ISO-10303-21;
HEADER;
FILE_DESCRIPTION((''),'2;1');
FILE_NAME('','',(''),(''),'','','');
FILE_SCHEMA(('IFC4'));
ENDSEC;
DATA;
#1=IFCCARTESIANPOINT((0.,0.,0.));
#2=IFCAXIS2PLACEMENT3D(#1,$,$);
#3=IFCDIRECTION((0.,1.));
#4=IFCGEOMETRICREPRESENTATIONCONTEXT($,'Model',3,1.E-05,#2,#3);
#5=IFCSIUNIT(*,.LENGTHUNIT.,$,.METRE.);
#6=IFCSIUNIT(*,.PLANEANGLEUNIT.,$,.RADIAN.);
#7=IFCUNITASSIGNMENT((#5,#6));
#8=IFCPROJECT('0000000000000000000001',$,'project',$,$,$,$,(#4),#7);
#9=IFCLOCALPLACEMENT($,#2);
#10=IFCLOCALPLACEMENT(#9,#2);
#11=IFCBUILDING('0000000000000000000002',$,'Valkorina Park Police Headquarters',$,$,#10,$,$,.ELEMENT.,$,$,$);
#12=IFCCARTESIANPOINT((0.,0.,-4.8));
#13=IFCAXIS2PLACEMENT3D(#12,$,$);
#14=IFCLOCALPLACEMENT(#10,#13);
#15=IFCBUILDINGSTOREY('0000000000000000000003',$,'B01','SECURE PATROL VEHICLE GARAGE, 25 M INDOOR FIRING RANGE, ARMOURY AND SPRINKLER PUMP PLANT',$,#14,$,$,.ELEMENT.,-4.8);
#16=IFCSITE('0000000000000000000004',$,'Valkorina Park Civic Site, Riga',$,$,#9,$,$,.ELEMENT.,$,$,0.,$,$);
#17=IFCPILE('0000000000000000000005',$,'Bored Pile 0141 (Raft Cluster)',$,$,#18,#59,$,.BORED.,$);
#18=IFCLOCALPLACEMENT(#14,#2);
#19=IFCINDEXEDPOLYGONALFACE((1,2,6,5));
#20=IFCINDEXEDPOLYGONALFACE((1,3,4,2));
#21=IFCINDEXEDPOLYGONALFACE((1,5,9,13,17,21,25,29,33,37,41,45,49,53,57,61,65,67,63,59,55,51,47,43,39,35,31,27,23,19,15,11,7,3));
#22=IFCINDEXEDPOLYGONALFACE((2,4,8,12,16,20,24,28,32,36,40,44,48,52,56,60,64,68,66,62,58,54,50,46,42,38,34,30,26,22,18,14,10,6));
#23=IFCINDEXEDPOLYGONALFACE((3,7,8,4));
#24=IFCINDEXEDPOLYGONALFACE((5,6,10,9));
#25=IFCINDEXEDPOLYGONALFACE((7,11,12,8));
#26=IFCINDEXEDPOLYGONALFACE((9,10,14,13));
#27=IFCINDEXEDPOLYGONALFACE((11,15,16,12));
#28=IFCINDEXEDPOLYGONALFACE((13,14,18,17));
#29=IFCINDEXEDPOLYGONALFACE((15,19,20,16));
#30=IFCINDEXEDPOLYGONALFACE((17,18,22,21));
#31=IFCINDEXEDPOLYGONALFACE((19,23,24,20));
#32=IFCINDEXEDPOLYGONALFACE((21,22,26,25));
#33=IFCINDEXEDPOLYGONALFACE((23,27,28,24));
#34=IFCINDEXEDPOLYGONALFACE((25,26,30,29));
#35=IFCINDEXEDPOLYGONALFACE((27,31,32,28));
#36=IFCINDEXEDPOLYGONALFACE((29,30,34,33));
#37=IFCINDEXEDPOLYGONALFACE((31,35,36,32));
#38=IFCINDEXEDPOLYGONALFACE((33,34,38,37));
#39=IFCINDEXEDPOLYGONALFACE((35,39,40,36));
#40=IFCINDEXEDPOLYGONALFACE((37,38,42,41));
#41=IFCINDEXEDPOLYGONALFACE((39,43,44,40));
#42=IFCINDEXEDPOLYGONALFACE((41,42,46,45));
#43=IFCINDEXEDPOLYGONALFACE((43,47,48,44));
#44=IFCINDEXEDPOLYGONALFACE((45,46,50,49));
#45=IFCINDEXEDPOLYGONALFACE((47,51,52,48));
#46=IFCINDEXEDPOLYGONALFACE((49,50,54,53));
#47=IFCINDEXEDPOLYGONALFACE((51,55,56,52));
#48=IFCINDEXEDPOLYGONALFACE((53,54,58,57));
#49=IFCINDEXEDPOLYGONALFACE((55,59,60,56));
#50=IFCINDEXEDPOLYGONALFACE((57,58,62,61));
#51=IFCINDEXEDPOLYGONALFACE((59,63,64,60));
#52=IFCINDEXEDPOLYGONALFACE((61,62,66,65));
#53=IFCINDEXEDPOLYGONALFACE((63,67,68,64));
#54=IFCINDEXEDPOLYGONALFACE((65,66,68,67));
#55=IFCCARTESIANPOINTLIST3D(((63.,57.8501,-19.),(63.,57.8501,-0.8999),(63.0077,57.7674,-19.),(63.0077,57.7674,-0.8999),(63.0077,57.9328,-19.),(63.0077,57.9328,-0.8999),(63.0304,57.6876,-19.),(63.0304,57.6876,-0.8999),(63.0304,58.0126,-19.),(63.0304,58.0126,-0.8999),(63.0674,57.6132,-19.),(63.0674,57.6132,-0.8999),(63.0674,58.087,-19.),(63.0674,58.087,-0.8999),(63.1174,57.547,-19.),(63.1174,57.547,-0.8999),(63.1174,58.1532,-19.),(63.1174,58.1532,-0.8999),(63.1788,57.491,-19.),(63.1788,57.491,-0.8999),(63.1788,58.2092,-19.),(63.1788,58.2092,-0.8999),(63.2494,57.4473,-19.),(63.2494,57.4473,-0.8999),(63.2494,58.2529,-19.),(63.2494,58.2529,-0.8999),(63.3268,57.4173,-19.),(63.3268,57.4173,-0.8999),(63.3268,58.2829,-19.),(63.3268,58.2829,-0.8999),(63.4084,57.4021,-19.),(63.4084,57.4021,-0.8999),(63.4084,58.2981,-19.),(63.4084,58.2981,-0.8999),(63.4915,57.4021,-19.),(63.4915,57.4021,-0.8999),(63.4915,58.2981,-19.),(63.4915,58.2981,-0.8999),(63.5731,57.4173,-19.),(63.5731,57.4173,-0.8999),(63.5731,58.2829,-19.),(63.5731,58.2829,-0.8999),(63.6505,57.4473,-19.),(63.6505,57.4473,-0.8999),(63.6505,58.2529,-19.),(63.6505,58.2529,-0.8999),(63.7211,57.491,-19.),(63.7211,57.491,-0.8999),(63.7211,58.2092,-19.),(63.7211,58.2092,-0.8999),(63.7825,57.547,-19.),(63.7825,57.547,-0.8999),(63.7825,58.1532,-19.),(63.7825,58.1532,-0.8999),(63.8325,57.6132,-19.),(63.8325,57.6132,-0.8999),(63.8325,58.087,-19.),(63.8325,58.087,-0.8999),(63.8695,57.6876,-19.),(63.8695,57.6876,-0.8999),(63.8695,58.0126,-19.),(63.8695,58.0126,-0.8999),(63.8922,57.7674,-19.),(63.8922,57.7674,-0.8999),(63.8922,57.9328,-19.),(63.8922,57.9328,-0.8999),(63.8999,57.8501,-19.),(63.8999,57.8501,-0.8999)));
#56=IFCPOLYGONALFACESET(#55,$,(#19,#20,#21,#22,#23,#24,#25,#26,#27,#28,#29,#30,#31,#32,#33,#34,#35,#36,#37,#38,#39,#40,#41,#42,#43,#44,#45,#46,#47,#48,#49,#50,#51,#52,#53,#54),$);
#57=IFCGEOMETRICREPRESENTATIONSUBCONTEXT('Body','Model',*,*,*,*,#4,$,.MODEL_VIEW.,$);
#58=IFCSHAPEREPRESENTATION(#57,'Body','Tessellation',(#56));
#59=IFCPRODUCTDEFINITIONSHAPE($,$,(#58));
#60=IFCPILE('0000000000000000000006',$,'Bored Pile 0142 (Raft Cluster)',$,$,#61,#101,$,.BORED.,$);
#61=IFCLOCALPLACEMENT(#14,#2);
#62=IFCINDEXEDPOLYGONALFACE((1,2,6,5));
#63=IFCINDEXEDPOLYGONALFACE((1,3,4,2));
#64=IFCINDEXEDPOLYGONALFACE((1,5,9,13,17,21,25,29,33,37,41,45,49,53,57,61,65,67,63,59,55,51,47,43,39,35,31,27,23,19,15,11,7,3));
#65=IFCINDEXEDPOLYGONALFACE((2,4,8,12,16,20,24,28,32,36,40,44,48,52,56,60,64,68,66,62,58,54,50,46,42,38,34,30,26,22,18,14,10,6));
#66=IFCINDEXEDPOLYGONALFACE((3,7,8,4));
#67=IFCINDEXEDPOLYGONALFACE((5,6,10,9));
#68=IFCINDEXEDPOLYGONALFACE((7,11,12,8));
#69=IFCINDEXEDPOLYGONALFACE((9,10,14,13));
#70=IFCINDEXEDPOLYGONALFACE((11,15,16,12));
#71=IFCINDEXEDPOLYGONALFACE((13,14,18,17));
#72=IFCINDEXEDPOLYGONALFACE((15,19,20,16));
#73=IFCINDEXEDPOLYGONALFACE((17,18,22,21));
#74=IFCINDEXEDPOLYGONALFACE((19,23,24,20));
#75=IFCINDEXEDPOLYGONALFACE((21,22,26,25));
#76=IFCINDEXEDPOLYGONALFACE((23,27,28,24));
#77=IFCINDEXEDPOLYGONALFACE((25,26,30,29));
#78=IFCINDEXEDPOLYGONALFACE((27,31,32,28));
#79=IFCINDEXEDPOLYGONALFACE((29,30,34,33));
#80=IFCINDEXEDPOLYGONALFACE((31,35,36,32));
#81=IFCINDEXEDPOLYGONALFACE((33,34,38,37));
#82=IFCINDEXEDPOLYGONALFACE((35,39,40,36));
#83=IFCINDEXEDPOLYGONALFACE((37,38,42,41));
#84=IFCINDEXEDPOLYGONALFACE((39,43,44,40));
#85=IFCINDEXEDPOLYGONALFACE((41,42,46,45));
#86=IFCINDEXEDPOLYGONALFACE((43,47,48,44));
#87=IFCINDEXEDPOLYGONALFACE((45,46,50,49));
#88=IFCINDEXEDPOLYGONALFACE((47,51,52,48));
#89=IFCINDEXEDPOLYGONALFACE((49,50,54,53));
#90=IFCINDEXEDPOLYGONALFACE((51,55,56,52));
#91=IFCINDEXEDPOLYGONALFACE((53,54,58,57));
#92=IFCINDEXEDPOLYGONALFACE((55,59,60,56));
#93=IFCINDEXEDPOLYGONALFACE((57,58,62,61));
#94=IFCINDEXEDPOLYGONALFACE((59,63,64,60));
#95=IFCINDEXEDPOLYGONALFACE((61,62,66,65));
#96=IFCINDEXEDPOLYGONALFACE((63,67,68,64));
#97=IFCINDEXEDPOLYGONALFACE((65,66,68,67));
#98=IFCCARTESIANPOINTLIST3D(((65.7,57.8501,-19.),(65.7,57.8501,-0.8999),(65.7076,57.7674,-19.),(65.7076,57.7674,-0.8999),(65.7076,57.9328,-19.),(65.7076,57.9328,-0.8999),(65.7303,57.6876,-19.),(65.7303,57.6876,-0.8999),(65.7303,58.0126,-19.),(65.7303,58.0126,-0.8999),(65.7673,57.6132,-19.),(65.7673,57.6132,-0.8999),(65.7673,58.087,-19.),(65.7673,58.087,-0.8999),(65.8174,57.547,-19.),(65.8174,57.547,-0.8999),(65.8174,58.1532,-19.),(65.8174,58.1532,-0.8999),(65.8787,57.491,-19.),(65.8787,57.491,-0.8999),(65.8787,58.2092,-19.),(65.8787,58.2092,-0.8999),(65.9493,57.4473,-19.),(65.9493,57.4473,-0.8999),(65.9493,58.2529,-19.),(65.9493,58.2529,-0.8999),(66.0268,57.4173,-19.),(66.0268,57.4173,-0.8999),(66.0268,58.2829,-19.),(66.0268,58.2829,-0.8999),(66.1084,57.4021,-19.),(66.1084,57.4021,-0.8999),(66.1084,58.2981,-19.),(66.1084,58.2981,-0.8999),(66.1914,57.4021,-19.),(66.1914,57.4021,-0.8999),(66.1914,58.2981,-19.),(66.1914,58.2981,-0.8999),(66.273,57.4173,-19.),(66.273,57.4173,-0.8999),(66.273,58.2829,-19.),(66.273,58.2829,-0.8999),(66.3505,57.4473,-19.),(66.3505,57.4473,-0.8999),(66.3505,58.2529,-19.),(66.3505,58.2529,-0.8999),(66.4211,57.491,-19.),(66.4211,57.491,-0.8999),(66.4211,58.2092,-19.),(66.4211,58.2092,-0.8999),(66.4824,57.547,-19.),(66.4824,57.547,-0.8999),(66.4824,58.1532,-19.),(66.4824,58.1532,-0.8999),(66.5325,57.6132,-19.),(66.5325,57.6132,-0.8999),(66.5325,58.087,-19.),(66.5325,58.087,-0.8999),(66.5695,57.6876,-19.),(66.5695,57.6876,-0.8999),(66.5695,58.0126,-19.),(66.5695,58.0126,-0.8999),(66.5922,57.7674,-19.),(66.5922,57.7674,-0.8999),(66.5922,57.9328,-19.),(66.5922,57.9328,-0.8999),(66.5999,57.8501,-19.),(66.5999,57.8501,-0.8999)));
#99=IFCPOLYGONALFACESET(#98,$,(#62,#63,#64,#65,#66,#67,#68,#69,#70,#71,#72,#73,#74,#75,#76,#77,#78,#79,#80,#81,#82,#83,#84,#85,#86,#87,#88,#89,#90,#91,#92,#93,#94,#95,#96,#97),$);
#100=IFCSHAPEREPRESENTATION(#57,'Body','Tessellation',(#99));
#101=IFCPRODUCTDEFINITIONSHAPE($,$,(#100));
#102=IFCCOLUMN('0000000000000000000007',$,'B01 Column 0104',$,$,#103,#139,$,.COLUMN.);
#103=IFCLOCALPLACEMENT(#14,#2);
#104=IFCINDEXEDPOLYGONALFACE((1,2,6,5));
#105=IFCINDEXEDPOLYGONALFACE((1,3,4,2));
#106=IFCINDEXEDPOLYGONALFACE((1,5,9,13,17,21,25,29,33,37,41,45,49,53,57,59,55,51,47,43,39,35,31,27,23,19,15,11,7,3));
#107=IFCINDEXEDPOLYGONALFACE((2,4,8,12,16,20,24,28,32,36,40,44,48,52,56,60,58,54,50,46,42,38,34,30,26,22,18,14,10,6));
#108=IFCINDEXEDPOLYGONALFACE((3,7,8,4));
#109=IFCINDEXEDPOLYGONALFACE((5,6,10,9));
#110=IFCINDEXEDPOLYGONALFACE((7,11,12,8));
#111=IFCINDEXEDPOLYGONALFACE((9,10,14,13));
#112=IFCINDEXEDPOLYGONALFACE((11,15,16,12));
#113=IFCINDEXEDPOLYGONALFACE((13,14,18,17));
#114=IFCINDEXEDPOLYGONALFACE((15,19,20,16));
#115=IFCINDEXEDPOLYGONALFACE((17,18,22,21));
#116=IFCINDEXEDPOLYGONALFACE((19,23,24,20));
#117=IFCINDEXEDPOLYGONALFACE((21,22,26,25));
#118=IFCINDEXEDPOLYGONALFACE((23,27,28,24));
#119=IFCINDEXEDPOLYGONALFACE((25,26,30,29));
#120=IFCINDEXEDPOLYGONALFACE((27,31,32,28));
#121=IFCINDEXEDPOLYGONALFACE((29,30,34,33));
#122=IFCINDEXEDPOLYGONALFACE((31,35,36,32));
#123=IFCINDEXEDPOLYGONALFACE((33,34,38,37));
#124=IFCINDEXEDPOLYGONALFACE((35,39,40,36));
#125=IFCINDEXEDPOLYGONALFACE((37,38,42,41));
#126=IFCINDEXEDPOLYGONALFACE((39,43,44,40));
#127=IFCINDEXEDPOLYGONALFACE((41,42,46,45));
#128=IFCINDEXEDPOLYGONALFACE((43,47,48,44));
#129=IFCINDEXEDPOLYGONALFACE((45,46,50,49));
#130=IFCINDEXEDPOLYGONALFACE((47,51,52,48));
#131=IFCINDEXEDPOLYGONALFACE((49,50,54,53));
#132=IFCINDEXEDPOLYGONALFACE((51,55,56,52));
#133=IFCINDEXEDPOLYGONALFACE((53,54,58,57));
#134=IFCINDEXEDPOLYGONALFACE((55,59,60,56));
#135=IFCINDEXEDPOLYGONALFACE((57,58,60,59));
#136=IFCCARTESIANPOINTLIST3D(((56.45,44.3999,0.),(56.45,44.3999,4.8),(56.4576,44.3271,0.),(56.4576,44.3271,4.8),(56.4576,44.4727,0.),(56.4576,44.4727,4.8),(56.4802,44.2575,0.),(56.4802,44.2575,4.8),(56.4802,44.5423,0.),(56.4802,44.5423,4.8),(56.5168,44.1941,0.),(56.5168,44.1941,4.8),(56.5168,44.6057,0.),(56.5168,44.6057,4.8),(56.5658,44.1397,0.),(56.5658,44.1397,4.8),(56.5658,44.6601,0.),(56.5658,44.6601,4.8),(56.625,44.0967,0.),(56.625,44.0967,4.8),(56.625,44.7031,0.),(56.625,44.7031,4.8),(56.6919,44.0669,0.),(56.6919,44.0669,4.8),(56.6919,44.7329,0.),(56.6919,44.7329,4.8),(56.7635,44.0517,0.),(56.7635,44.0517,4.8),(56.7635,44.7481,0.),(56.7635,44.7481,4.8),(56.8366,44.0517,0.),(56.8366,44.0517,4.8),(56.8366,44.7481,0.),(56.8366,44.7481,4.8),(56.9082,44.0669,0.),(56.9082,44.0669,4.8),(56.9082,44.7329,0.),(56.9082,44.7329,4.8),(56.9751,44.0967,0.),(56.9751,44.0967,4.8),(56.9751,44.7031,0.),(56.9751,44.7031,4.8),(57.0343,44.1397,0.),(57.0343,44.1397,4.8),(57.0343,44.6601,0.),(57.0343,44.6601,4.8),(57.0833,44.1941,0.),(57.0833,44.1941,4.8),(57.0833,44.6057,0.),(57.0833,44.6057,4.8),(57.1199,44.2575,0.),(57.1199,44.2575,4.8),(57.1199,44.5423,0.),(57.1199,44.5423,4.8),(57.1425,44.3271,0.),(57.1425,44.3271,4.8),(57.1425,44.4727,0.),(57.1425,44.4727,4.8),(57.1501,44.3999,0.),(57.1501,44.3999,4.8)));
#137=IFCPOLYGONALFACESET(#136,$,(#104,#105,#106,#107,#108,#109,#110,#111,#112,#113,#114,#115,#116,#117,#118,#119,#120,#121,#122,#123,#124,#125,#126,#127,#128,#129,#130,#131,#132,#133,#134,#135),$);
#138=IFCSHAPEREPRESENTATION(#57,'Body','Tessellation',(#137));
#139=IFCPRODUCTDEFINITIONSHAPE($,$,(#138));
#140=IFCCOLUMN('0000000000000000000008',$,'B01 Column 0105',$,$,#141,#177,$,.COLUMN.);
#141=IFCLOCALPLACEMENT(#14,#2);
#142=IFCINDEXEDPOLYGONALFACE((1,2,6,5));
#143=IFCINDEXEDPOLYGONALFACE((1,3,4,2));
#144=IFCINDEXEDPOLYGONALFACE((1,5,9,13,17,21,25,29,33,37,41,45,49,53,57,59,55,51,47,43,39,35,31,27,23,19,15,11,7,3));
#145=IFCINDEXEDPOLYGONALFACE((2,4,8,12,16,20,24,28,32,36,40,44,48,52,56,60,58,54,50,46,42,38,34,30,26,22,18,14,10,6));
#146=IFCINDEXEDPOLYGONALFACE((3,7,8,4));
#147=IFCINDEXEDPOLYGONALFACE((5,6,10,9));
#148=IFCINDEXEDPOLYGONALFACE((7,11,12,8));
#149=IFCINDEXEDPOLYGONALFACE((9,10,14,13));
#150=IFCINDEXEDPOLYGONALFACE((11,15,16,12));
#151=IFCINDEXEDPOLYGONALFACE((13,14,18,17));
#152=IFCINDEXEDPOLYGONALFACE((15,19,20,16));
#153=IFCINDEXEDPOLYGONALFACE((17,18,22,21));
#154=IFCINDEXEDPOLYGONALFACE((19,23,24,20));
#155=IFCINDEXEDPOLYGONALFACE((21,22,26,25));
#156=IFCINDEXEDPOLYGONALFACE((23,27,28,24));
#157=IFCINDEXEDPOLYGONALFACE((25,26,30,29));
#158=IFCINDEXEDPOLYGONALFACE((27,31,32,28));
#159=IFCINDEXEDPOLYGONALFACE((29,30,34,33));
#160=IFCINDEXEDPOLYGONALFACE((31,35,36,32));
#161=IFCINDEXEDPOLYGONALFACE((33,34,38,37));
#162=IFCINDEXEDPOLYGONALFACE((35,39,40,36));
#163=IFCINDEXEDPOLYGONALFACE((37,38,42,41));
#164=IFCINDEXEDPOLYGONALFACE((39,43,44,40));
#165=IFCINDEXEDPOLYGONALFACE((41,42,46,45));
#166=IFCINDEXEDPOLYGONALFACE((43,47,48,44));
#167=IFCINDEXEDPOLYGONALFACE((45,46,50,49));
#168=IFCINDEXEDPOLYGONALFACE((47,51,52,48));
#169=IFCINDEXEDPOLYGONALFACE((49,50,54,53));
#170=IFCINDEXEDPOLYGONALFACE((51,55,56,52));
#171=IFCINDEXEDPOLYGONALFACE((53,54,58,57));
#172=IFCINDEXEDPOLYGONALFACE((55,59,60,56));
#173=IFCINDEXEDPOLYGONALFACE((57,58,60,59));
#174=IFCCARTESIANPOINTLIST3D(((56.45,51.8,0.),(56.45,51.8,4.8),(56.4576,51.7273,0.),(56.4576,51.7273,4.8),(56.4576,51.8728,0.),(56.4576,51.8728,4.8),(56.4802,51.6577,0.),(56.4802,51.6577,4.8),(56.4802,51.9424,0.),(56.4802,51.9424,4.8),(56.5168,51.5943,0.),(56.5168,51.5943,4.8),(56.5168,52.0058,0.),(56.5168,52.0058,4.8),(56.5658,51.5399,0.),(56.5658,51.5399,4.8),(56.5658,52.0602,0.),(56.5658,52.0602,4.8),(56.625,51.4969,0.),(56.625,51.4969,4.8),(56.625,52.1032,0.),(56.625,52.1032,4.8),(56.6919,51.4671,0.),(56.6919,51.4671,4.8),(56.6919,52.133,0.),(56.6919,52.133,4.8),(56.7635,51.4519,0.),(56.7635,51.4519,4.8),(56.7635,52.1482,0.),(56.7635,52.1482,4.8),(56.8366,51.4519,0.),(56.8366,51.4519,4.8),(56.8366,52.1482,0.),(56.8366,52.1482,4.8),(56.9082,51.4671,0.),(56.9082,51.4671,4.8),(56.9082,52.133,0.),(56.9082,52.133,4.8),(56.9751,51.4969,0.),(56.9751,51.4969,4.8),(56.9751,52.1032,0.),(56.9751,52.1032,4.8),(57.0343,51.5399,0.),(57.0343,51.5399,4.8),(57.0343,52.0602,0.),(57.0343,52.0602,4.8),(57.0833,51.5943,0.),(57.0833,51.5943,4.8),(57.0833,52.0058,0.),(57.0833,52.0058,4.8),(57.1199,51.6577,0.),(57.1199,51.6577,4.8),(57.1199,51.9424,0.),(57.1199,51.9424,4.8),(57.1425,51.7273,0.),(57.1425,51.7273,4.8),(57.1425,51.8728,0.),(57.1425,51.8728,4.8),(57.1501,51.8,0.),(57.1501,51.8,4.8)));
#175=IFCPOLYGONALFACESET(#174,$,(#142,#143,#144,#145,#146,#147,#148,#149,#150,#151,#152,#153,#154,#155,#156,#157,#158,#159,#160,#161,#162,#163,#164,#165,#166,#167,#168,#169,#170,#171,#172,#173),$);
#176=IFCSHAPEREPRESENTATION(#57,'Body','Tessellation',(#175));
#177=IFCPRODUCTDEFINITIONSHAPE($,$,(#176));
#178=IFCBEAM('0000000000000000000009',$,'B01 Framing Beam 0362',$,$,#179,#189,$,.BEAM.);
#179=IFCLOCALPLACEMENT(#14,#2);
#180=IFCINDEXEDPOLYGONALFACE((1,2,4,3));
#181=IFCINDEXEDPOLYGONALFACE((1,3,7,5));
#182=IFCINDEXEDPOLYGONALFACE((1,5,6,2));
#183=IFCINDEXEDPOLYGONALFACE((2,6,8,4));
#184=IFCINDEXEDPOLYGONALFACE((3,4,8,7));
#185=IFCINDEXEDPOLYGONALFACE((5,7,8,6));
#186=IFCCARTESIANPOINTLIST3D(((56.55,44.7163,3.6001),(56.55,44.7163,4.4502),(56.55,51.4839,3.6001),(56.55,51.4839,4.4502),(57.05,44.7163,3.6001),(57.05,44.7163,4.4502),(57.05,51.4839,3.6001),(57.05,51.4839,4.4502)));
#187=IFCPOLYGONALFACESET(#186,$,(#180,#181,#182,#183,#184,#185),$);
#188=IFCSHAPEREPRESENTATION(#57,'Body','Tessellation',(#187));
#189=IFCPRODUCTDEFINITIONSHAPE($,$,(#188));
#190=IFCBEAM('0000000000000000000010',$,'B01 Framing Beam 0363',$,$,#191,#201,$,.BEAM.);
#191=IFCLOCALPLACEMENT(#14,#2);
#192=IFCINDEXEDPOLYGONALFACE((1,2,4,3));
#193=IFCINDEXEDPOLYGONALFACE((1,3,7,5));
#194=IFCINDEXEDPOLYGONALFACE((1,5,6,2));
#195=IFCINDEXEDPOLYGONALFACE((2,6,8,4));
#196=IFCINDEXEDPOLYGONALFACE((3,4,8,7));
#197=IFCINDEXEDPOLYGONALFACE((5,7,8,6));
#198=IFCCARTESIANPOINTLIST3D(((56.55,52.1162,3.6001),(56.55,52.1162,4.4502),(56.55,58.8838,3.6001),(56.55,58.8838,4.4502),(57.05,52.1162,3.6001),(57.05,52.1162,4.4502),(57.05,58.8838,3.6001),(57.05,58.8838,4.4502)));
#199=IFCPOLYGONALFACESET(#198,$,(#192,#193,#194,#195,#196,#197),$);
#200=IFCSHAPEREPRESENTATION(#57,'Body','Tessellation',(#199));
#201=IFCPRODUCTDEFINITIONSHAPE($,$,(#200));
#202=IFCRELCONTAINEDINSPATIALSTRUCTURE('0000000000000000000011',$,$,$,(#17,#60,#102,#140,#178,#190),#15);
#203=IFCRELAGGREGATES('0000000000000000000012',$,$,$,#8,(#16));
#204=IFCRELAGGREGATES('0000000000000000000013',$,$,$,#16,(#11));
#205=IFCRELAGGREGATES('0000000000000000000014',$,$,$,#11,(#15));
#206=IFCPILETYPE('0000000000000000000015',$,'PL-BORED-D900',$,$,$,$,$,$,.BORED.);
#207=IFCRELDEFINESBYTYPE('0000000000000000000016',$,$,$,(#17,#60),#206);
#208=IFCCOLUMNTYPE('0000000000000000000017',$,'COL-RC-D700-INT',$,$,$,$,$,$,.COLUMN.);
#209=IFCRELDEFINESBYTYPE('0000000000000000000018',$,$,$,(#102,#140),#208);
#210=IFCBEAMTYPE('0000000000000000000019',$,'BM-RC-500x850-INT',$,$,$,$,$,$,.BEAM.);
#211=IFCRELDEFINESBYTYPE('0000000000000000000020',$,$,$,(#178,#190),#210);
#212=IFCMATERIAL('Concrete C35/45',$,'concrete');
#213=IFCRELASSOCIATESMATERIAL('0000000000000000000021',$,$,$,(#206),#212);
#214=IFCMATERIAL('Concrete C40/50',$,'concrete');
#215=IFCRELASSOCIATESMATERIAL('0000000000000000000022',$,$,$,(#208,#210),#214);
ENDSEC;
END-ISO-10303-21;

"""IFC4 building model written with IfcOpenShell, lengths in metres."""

from ifc_helpers import new_model, si_unit, direction, frame, origin, origin_2d, place, context, subcontext, project, spatial, rectangle, circle, extrude, material, material_profile, profile_set, type_object, element, save


model = new_model("IFC4")

# Units and contexts
model_context = context("Model", 3, precision=1e-05, world=origin(), true_north=direction((0.0, 1.0)))
body_context = subcontext(model_context, "Body", "Model", "MODEL_VIEW")
ifc_project = project(units=[si_unit("LENGTHUNIT", "METRE"), si_unit("PLANEANGLEUNIT", "RADIAN")], contexts=[model_context])

# Site, building, storey
site_placement = place(None, origin())
site = spatial("IfcSite", under=ifc_project, at=site_placement, Name="Valkorina Park Civic Site, Riga", CompositionType="ELEMENT", RefElevation=0.0)
building_placement = place(site_placement, origin())
building = spatial("IfcBuilding", under=site, at=building_placement, Name="Valkorina Park Police Headquarters", CompositionType="ELEMENT")
storey_placement = place(building_placement, frame((0.0, 0.0, -4.8)))
storey = spatial("IfcBuildingStorey", under=building, at=storey_placement, Name="B01", Description="SECURE PATROL VEHICLE GARAGE, 25 M INDOOR FIRING RANGE, ARMOURY AND SPRINKLER PUMP PLANT", CompositionType="ELEMENT", Elevation=-4.8)

# Piles
ifc_material_1 = material(Name="Concrete C35/45", Category="concrete")
ifc_material_profile_1 = material_profile(ifc_material_1, circle(Radius=0.45, at=origin_2d()), Name="BORED PILE D900")
ifc_profile_set_1 = profile_set([ifc_material_profile_1], Name="Concrete C35/45")
pile_type = type_object("IfcPileType", Name="PL-BORED-D900", PredefinedType="BORED", material=ifc_profile_set_1)
for number, where, z_axis, x_axis, name in (
    (1, (63.45, 57.8501, -0.8999), (0.0, 0.0, -1.0), (1.0, 0.0, 0.0), "Bored Pile 0141 (Raft Cluster)"),
    (2, (66.1499, 57.8501, -0.8999), (0.0, 0.0, -1.0), (1.0, 0.0, 0.0), "Bored Pile 0142 (Raft Cluster)"),
):
    element("IfcPile", number, at=place(storey_placement, frame(where, z_axis=z_axis, x_axis=x_axis)), inside=storey, type_object=pile_type, Name=name, PredefinedType="BORED", context=body_context, shape_type="SweptSolid", body=[
        extrude(circle(Radius=0.45, at=origin_2d()), origin(), (0.0, 0.0, 1.0), 18.1001),
    ])

# Columns
ifc_material_2 = material(Name="Concrete C40/50", Category="concrete")
ifc_material_profile_2 = material_profile(ifc_material_2, circle(Radius=0.3501, at=origin_2d()), Name="RC COL D700")
ifc_profile_set_2 = profile_set([ifc_material_profile_2], Name="Concrete C40/50")
column_type = type_object("IfcColumnType", Name="COL-RC-D700-INT", PredefinedType="COLUMN", material=ifc_profile_set_2)
for number, where, z_axis, x_axis, name in (
    (3, (56.8, 44.3999, 0.0), (0.0, 0.0, 1.0), (1.0, 0.0, 0.0), "B01 Column 0104"),
    (4, (56.8, 51.8, 0.0), (0.0, 0.0, 1.0), (1.0, 0.0, 0.0), "B01 Column 0105"),
):
    element("IfcColumn", number, at=place(storey_placement, frame(where, z_axis=z_axis, x_axis=x_axis)), inside=storey, type_object=column_type, Name=name, PredefinedType="COLUMN", context=body_context, shape_type="SweptSolid", body=[
        extrude(circle(Radius=0.3501, at=origin_2d()), origin(), (0.0, 0.0, 1.0), 4.8),
    ])

# Beams
ifc_material_profile_3 = material_profile(ifc_material_2, rectangle(XDim=0.5, YDim=0.8501, at=origin_2d()), Name="RC BEAM 500x850")
ifc_profile_set_3 = profile_set([ifc_material_profile_3], Name="Concrete C40/50")
beam_type = type_object("IfcBeamType", Name="BM-RC-500x850-INT", PredefinedType="BEAM", material=ifc_profile_set_3)
for number, where, z_axis, x_axis, name in (
    (5, (56.8, 44.7163, 4.0251), (0.0, 1.0, 0.0), (-1.0, 0.0, 0.0), "B01 Framing Beam 0362"),
    (6, (56.8, 52.1162, 4.0251), (0.0, 1.0, 0.0), (-1.0, 0.0, 0.0), "B01 Framing Beam 0363"),
):
    element("IfcBeam", number, at=place(storey_placement, frame(where, z_axis=z_axis, x_axis=x_axis)), inside=storey, type_object=beam_type, Name=name, PredefinedType="BEAM", context=body_context, shape_type="SweptSolid", body=[
        extrude(rectangle(XDim=0.5, YDim=0.8501, at=origin_2d()), origin(), (0.0, 0.0, 1.0), 6.7676),
    ])

save(model, "model.ifc")
